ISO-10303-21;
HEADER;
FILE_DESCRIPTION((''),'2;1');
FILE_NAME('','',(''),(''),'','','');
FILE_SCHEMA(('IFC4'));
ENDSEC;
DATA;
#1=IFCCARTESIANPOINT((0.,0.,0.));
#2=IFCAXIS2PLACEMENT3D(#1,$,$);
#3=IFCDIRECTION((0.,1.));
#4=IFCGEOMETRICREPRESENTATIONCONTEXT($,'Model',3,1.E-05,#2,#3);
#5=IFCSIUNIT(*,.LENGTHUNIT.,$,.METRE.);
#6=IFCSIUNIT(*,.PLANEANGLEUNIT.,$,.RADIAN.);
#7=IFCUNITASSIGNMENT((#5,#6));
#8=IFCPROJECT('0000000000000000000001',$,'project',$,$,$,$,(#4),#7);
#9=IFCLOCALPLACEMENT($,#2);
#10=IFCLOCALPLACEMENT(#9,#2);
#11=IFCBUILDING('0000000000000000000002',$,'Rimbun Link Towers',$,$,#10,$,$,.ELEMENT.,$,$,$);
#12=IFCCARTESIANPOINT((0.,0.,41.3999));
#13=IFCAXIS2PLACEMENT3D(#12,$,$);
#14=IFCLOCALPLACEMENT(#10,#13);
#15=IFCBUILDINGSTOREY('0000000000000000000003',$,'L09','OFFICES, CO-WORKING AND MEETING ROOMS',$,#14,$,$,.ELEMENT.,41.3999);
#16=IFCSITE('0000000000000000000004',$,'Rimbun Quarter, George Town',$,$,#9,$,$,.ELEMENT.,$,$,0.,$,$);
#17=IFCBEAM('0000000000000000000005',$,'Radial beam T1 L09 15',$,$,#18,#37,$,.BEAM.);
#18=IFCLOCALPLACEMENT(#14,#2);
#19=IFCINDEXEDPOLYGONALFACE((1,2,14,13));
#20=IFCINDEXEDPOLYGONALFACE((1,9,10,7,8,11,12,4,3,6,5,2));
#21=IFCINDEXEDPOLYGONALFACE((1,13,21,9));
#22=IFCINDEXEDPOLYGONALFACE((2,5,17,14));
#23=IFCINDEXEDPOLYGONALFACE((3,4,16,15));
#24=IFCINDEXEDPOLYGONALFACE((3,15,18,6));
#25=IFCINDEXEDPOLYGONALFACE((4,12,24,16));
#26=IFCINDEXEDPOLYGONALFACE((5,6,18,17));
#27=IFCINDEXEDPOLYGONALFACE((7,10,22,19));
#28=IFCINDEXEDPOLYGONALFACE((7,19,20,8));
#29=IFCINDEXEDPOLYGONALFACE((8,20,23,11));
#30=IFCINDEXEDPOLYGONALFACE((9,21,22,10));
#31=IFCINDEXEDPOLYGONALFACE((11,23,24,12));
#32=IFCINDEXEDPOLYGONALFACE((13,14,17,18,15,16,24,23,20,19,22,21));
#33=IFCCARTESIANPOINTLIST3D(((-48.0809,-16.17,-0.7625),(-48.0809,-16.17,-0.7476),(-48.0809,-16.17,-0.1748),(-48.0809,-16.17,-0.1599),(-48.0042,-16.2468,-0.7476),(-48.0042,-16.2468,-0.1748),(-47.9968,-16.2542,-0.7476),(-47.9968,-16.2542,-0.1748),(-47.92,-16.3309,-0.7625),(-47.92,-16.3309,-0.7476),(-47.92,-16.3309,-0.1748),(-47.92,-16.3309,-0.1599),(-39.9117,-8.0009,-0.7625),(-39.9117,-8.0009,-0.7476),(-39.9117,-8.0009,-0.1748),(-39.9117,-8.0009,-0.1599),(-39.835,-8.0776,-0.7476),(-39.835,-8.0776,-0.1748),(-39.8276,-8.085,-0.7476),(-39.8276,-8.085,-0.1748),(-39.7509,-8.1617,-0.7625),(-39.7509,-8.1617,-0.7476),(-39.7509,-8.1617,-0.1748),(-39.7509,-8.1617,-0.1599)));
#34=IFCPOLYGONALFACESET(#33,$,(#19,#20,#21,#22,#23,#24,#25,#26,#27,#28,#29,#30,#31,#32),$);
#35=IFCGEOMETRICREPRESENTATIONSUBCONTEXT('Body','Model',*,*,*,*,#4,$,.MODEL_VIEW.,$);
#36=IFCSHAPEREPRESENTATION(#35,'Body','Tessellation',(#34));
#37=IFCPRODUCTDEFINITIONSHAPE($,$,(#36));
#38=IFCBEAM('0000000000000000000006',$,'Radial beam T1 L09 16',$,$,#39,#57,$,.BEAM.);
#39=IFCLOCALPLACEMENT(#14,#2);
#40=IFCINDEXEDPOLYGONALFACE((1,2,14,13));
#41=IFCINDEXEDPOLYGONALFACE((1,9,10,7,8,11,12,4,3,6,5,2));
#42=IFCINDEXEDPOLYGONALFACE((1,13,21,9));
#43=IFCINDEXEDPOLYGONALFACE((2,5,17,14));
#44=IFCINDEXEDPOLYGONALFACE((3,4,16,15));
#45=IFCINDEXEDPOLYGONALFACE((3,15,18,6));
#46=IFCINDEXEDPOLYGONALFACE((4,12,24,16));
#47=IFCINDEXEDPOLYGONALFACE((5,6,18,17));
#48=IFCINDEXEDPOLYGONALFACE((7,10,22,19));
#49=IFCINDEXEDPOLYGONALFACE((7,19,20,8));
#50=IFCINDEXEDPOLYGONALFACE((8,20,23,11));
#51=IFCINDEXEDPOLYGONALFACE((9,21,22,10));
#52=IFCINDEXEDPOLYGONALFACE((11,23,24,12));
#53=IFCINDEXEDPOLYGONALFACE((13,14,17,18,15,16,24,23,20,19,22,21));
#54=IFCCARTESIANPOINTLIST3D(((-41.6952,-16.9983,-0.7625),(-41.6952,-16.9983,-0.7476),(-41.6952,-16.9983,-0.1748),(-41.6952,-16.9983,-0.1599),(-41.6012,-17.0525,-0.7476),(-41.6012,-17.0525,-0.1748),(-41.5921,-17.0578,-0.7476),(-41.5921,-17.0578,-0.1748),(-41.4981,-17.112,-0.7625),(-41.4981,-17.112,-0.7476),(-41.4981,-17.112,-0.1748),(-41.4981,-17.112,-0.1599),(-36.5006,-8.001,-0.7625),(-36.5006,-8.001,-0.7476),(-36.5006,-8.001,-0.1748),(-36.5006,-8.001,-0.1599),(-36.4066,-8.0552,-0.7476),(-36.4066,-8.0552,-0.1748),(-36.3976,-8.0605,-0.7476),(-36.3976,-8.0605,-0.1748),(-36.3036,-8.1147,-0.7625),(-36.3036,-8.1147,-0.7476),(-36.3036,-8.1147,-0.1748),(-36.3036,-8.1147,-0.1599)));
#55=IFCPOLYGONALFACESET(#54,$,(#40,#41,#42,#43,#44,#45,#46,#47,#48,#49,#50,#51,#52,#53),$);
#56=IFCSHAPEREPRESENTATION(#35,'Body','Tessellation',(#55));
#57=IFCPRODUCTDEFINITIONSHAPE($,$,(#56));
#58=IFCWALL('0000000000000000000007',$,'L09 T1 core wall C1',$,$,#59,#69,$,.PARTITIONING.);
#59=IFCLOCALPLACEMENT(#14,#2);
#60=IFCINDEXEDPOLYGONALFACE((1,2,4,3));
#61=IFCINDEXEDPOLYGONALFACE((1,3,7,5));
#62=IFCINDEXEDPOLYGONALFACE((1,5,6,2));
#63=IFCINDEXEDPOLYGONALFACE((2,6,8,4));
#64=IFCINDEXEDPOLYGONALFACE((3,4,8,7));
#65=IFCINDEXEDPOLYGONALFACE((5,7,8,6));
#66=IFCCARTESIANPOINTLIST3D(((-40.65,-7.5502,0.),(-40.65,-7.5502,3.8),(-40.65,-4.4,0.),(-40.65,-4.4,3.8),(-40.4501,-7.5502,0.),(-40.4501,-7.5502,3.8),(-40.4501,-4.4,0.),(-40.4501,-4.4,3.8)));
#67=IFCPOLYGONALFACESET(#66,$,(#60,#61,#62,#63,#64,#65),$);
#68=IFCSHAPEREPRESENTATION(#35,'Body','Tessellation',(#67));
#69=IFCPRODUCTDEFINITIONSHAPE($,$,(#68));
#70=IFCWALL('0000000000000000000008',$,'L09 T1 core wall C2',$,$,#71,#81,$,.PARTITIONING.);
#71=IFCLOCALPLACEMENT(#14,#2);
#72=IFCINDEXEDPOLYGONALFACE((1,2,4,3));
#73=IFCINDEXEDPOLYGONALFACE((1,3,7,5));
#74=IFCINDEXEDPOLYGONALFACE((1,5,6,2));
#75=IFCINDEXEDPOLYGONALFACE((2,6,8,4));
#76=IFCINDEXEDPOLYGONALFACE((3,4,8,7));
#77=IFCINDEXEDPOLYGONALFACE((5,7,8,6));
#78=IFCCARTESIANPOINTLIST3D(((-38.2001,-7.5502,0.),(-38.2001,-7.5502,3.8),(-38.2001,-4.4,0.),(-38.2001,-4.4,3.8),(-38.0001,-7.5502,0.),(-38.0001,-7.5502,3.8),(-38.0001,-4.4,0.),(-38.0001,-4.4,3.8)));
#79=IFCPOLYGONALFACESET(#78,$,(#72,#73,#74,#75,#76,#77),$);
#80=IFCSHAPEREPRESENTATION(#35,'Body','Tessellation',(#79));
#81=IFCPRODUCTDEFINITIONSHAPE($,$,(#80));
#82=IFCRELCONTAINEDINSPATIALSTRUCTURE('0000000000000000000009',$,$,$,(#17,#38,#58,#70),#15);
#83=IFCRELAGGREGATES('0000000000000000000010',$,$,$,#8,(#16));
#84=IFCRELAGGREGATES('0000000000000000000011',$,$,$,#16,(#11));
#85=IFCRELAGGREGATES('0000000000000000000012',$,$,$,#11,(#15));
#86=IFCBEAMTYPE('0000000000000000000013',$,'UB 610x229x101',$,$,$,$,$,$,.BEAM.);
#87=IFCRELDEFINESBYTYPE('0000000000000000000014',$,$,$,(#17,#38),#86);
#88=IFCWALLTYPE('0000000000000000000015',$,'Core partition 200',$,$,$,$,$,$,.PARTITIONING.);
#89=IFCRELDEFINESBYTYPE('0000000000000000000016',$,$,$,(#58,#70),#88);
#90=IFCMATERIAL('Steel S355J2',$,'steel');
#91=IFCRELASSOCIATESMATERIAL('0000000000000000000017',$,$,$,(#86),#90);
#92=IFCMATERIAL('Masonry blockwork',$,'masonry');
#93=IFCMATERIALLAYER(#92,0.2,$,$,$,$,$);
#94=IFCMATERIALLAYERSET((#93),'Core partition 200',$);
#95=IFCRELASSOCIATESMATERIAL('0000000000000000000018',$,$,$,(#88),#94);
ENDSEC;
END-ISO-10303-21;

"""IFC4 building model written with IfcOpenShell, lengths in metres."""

from ifc_helpers import new_model, si_unit, direction, frame, frame_2d, origin, origin_2d, place, context, subcontext, project, spatial, rectangle, i_section, extrude, material, layer, layer_set, material_profile, profile_set, type_object, element, save


model = new_model("IFC4")

# Units and contexts
model_context = context("Model", 3, precision=1e-05, world=origin(), true_north=direction((0.0, 1.0)))
body_context = subcontext(model_context, "Body", "Model", "MODEL_VIEW")
ifc_project = project(units=[si_unit("LENGTHUNIT", "METRE"), si_unit("PLANEANGLEUNIT", "RADIAN")], contexts=[model_context])

# Site, building, storey
site_placement = place(None, origin())
site = spatial("IfcSite", under=ifc_project, at=site_placement, Name="Rimbun Quarter, George Town", CompositionType="ELEMENT", RefElevation=0.0)
building_placement = place(site_placement, origin())
building = spatial("IfcBuilding", under=site, at=building_placement, Name="Rimbun Link Towers", CompositionType="ELEMENT")
storey_placement = place(building_placement, frame((0.0, 0.0, 41.3999)))
storey = spatial("IfcBuildingStorey", under=building, at=storey_placement, Name="L09", Description="OFFICES, CO-WORKING AND MEETING ROOMS", CompositionType="ELEMENT", Elevation=41.3999)

# Beams
ifc_material_1 = material(Name="Steel S355J2", Category="steel")
ifc_material_profile = material_profile(ifc_material_1, i_section(OverallWidth=0.2275, OverallDepth=0.6025, WebThickness=0.0105, FlangeThickness=0.0149, at=origin_2d()), Name="UB 610x229x101")
ifc_profile_set = profile_set([ifc_material_profile], Name="Steel S355J2")
beam_type = type_object("IfcBeamType", Name="UB 610x229x101", PredefinedType="BEAM", material=ifc_profile_set)
beam_1_placement = place(storey_placement, frame((-39.8313, -8.0813, -0.4612), z_axis=(-0.707107, -0.707107, 0.0), x_axis=(0.707107, -0.707107, 0.0)))
element("IfcBeam", 1, at=beam_1_placement, inside=storey, type_object=beam_type, Name="Radial beam T1 L09 15", PredefinedType="BEAM", context=body_context, shape_type="SweptSolid", body=[
    extrude(i_section(OverallWidth=0.2275, OverallDepth=0.6025, WebThickness=0.0105, FlangeThickness=0.0149, at=origin_2d()), origin(), (0.0, 0.0, 1.0), 11.553),
])
beam_2_placement = place(storey_placement, frame((-36.4021, -8.0579, -0.4612), z_axis=(-0.499998, -0.866026, 0.0), x_axis=(0.866026, -0.499998, 0.0)))
element("IfcBeam", 2, at=beam_2_placement, inside=storey, type_object=beam_type, Name="Radial beam T1 L09 16", PredefinedType="BEAM", context=body_context, shape_type="SweptSolid", body=[
    extrude(i_section(OverallWidth=0.2275, OverallDepth=0.6025, WebThickness=0.0105, FlangeThickness=0.0149, at=origin_2d()), origin(), (0.0, 0.0, 1.0), 10.3892),
])

# Walls
ifc_material_2 = material(Name="Masonry blockwork", Category="masonry")
ifc_layer_1 = layer(ifc_material_2, 0.2)
ifc_layer_set_1 = layer_set([ifc_layer_1], Name="Core partition 200")
wall_type_1 = type_object("IfcWallType", Name="Core partition 200", PredefinedType="PARTITIONING", material=ifc_layer_set_1)
for number, where, z_axis, x_axis, name in (
    (3, (-40.55, -4.3999, 0.0), (0.0, 0.0, 1.0), (0.0, -1.0, 0.0), "L09 T1 core wall C1"),
    (4, (-38.1001, -4.3999, 0.0), (0.0, 0.0, 1.0), (0.0, -1.0, 0.0), "L09 T1 core wall C2"),
):
    element("IfcWall", number, at=place(storey_placement, frame(where, z_axis=z_axis, x_axis=x_axis)), inside=storey, type_object=wall_type_1, Name=name, PredefinedType="PARTITIONING", context=body_context, shape_type="SweptSolid", body=[
        extrude(rectangle(XDim=3.1501, YDim=0.2, at=frame_2d((1.5752, 0.0))), origin(), (0.0, 0.0, 1.0), 3.8),
    ])

save(model, "model.ifc")
